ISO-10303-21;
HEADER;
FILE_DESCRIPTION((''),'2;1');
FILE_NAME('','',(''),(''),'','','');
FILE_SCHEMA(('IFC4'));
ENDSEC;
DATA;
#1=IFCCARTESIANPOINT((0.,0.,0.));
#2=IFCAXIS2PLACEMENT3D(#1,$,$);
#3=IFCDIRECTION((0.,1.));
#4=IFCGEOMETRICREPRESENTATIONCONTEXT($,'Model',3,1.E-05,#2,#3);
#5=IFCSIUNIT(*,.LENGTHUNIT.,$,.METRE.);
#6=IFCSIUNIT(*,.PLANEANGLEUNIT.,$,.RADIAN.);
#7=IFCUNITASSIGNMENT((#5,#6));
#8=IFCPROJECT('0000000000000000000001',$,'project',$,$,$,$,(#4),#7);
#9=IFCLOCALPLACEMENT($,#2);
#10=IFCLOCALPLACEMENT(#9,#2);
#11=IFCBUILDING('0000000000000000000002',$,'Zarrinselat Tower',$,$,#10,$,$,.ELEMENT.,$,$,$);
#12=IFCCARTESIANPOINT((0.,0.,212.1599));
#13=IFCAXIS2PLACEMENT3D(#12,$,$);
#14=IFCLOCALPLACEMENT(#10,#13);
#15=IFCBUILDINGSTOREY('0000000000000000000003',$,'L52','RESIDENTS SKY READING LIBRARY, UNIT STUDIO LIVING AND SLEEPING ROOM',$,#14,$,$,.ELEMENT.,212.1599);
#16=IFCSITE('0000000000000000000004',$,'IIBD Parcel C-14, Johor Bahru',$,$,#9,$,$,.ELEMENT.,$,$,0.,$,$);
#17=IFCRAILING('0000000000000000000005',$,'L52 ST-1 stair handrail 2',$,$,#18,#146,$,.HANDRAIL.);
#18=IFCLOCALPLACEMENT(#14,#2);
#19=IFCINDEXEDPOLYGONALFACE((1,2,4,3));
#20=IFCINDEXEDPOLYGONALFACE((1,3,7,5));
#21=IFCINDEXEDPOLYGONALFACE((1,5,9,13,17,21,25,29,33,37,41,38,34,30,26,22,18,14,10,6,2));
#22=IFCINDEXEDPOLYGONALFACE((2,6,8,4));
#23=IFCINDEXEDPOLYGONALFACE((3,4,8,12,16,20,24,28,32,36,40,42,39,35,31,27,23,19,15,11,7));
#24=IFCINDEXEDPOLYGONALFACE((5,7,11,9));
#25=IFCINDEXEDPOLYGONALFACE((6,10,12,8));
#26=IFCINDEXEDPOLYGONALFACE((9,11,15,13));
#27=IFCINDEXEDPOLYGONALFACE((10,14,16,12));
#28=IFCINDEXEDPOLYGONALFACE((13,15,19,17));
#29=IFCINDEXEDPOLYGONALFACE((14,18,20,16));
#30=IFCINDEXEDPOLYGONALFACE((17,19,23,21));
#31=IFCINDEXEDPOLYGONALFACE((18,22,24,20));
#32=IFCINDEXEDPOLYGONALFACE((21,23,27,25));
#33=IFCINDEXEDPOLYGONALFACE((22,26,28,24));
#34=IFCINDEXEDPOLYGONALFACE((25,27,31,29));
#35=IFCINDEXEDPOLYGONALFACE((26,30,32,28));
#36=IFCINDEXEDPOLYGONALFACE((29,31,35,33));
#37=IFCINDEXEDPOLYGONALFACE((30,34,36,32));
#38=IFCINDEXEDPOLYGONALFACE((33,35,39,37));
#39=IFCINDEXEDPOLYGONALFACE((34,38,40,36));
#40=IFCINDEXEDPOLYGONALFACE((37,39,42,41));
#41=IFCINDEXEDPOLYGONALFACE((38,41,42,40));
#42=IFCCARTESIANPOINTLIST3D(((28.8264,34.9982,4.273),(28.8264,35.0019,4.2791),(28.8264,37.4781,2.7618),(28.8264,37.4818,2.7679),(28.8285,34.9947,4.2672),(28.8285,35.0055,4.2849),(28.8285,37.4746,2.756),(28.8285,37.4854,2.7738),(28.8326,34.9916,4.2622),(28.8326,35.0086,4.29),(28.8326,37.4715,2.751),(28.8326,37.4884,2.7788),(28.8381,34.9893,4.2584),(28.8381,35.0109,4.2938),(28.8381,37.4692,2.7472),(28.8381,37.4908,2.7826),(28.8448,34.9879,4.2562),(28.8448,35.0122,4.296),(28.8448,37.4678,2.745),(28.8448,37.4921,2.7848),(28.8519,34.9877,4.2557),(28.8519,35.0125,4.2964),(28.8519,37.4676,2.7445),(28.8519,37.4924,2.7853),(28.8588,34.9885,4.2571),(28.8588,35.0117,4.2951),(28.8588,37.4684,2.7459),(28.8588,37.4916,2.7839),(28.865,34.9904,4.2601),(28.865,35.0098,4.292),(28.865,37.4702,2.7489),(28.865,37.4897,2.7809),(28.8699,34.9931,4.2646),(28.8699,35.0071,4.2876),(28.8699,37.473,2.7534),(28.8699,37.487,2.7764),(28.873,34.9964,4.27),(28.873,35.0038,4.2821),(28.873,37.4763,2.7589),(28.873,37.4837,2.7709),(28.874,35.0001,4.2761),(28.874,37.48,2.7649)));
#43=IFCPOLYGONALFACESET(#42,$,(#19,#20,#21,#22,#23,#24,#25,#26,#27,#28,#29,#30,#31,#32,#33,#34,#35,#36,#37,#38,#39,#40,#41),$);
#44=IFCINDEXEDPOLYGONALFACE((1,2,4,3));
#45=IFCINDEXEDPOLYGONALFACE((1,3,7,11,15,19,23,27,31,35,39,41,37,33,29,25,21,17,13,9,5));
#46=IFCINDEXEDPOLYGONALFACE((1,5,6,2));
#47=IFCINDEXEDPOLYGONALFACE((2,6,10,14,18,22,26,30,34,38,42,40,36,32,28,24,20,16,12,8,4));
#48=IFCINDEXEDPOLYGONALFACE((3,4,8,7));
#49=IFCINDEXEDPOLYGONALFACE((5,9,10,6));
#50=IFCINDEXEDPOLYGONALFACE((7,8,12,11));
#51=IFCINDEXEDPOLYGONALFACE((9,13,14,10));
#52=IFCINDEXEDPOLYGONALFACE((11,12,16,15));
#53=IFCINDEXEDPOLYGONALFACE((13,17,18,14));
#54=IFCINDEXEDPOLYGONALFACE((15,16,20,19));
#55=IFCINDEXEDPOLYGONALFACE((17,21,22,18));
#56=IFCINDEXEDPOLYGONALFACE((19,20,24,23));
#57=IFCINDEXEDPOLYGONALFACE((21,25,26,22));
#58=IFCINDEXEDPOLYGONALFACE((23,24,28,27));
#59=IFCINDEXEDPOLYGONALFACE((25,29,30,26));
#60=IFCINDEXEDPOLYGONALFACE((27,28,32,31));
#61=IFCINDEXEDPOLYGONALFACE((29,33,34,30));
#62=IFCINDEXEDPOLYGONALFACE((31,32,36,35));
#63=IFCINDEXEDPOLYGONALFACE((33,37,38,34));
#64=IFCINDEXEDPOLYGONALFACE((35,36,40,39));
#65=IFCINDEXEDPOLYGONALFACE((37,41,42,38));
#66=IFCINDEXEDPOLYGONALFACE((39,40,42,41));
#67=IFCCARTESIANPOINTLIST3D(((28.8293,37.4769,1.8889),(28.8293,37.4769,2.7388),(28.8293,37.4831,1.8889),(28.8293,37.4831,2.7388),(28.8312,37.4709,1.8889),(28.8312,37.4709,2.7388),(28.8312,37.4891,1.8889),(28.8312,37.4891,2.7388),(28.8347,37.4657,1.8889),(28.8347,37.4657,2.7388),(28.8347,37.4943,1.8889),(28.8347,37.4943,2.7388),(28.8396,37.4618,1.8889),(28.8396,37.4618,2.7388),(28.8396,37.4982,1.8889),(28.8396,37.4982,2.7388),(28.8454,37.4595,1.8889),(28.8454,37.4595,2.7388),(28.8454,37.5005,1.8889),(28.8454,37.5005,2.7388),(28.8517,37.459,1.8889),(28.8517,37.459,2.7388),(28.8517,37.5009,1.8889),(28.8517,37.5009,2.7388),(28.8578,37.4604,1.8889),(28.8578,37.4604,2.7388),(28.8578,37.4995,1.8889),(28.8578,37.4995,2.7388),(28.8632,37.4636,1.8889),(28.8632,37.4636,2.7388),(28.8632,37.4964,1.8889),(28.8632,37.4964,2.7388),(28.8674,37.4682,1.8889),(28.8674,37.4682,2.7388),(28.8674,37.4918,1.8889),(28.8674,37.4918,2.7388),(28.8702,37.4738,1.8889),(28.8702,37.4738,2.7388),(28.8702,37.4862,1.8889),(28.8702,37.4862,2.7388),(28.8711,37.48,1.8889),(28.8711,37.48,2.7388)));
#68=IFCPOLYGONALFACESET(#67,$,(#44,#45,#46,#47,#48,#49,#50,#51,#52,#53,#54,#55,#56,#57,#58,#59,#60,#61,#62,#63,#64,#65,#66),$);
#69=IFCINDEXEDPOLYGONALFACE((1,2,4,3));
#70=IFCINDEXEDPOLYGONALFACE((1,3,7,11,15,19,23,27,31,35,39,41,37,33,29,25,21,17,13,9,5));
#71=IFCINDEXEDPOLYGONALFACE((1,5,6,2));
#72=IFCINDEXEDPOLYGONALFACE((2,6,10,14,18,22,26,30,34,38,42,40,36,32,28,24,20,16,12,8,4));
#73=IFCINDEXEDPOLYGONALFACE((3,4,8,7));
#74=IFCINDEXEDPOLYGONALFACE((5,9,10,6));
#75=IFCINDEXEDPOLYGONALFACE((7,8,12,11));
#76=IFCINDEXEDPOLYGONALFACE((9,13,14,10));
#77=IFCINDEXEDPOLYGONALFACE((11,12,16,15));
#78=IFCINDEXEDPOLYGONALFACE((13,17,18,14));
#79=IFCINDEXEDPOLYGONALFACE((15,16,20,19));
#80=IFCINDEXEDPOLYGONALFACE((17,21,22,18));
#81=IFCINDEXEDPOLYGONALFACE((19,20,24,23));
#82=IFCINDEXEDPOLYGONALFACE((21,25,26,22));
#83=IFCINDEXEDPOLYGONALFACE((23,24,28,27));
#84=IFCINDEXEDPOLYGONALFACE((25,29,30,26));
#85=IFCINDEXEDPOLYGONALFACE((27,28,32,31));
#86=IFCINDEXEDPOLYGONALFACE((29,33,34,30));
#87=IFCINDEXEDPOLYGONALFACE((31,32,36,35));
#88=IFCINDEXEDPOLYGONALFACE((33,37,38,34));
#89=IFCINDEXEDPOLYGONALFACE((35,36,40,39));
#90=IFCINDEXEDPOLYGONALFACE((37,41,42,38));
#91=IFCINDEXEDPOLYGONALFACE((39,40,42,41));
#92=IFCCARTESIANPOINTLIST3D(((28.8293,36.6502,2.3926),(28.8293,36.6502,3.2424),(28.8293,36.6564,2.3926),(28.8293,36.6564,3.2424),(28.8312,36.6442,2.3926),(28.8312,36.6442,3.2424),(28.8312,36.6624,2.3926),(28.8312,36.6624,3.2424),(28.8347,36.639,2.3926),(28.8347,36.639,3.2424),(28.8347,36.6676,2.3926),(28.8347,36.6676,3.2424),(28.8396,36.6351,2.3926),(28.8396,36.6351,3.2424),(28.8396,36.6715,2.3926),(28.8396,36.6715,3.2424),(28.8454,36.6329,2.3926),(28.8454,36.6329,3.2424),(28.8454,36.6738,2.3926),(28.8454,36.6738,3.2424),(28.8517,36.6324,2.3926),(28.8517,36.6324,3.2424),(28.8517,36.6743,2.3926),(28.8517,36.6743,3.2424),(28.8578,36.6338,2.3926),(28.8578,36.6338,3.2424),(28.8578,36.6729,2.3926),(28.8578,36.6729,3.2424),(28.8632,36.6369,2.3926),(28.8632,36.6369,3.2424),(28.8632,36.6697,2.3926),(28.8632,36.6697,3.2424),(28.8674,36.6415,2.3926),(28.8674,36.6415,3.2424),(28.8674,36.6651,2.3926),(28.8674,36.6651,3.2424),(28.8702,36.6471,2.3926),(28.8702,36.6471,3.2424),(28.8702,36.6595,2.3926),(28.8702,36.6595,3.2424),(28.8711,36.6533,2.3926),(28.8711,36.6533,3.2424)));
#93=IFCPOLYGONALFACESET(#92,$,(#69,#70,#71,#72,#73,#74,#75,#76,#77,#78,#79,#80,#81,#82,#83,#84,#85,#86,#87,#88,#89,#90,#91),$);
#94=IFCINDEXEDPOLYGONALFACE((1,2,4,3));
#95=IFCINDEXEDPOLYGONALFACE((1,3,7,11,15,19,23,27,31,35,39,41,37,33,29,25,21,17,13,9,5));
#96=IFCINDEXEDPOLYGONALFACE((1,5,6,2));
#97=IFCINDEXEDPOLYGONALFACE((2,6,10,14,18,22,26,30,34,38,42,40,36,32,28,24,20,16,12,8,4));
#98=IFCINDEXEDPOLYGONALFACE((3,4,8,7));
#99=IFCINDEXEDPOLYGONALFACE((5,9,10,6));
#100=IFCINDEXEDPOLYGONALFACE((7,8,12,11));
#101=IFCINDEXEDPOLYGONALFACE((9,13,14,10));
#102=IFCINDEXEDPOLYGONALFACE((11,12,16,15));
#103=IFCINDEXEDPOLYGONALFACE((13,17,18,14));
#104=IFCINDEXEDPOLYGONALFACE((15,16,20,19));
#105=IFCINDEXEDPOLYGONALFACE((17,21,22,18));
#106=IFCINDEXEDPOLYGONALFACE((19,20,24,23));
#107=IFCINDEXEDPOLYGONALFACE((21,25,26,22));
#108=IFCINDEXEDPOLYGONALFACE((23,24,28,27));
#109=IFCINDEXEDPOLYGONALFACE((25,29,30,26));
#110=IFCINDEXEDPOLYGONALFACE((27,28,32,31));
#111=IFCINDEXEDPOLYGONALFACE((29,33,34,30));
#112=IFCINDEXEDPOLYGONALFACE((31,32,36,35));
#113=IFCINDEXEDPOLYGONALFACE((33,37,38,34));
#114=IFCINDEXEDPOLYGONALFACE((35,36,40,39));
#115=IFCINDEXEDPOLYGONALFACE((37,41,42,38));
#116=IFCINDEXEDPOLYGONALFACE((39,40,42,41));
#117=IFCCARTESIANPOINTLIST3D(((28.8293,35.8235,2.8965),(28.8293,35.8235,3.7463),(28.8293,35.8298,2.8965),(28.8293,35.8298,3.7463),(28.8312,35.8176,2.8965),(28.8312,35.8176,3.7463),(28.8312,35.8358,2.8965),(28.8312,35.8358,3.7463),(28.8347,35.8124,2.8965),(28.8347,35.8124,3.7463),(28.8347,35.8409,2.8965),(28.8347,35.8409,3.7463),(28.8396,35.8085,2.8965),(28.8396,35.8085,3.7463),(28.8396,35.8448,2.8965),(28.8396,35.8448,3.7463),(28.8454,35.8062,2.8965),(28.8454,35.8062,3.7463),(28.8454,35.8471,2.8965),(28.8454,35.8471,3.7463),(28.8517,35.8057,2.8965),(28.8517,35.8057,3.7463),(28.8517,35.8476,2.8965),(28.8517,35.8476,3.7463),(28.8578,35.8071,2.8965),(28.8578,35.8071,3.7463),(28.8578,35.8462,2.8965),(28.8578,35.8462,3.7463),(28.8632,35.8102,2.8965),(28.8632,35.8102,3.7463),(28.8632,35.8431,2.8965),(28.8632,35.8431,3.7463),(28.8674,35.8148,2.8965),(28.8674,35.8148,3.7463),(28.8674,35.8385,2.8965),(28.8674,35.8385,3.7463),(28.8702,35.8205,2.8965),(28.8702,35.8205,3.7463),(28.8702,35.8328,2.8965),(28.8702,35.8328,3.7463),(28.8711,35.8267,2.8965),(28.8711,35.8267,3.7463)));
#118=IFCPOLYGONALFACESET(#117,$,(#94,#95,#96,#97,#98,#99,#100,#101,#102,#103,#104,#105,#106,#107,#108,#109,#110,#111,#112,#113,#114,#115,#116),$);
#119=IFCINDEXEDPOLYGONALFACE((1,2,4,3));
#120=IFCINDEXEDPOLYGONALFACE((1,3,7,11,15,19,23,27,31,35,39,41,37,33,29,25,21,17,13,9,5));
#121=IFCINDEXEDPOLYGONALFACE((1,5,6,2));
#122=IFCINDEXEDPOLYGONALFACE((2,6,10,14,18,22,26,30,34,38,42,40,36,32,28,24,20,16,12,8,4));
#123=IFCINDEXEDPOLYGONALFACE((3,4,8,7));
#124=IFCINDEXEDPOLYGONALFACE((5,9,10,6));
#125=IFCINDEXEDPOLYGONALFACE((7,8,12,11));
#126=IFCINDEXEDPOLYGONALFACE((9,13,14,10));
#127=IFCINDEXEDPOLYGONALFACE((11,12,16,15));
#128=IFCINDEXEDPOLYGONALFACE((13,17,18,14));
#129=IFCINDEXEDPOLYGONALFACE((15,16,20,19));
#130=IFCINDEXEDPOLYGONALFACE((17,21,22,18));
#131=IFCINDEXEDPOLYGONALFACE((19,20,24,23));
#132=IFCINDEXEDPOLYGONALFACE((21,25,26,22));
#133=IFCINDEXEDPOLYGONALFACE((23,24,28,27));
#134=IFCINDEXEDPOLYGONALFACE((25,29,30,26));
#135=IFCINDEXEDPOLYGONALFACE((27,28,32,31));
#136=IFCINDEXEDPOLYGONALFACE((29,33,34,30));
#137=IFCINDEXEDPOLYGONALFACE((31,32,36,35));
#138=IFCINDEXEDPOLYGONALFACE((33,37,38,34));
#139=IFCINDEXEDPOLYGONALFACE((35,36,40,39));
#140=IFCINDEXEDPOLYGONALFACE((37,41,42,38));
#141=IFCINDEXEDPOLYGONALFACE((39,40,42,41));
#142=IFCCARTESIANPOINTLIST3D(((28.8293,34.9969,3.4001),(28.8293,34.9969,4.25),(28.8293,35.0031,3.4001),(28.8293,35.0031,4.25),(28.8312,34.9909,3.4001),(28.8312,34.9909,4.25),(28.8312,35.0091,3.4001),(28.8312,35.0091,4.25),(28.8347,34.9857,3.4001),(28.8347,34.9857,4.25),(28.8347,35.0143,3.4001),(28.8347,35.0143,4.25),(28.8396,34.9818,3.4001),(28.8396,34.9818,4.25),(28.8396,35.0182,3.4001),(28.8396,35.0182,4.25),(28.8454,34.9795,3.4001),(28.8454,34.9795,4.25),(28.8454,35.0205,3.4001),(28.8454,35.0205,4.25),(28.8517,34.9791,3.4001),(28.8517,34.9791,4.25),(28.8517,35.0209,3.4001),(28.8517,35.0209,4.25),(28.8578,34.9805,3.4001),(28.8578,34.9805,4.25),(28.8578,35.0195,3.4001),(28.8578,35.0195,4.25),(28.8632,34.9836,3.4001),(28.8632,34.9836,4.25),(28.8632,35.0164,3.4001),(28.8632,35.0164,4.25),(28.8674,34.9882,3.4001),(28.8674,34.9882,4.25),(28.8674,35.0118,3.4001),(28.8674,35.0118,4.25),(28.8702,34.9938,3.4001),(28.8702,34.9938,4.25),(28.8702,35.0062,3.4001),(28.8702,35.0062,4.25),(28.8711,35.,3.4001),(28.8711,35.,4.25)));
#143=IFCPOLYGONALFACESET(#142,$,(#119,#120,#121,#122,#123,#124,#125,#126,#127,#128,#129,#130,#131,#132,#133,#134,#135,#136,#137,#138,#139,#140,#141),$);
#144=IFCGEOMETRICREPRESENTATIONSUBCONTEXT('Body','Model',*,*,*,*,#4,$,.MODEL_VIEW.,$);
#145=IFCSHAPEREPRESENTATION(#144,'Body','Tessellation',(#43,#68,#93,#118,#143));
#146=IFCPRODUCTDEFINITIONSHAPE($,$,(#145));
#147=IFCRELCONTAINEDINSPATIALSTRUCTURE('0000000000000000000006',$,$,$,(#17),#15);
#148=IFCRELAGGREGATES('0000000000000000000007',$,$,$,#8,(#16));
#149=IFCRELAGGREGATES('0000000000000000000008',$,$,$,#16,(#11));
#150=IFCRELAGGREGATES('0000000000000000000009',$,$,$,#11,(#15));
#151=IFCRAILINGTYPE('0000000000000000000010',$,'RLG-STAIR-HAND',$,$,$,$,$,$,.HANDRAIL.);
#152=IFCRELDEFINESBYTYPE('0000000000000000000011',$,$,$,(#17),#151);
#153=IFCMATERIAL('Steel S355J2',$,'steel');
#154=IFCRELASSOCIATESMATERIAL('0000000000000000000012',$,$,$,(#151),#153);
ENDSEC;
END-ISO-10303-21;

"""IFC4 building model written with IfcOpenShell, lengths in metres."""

from ifc_helpers import new_model, si_unit, direction, frame, origin, origin_2d, place, context, subcontext, project, spatial, circle, extrude, material, type_object, element, save


model = new_model("IFC4")

# Units and contexts
model_context = context("Model", 3, precision=1e-05, world=origin(), true_north=direction((0.0, 1.0)))
body_context = subcontext(model_context, "Body", "Model", "MODEL_VIEW")
ifc_project = project(units=[si_unit("LENGTHUNIT", "METRE"), si_unit("PLANEANGLEUNIT", "RADIAN")], contexts=[model_context])

# Site, building, storey
site_placement = place(None, origin())
site = spatial("IfcSite", under=ifc_project, at=site_placement, Name="IIBD Parcel C-14, Johor Bahru", CompositionType="ELEMENT", RefElevation=0.0)
building_placement = place(site_placement, origin())
building = spatial("IfcBuilding", under=site, at=building_placement, Name="Zarrinselat Tower", CompositionType="ELEMENT")
storey_placement = place(building_placement, frame((0.0, 0.0, 212.1599)))
storey = spatial("IfcBuildingStorey", under=building, at=storey_placement, Name="L52", Description="RESIDENTS SKY READING LIBRARY, UNIT STUDIO LIVING AND SLEEPING ROOM", CompositionType="ELEMENT", Elevation=212.1599)

# Railing
ifc_material_1 = material(Name="Steel S355J2", Category="steel")
railing_type_1 = type_object("IfcRailingType", Name="RLG-STAIR-HAND", PredefinedType="HANDRAIL", material=ifc_material_1)
railing_1_placement = place(storey_placement, frame((28.8501, 37.48, 1.8889)))
element("IfcRailing", 1, at=railing_1_placement, inside=storey, type_object=railing_type_1, Name="L52 ST-1 stair handrail 2", PredefinedType="HANDRAIL", context=body_context, shape_type="SweptSolid", body=[
    extrude(circle(Radius=0.0239, at=origin_2d()), frame((0.0, 0.0, 0.876), z_axis=(0.0, -0.853942, 0.520368), x_axis=(1.0, 0.0, 0.0)), (0.0, 0.0, 1.0), 2.9041),
    extrude(circle(Radius=0.021, at=origin_2d()), origin(), (0.0, 0.0, 1.0), 0.8499),
    extrude(circle(Radius=0.021, at=origin_2d()), frame((0.0, -0.8267, 0.5037)), (0.0, 0.0, 1.0), 0.8499),
    extrude(circle(Radius=0.021, at=origin_2d()), frame((0.0, -1.6533, 1.0076)), (0.0, 0.0, 1.0), 0.8499),
    extrude(circle(Radius=0.021, at=origin_2d()), frame((0.0, -2.48, 1.5112)), (0.0, 0.0, 1.0), 0.8499),
])

save(model, "model.ifc")
